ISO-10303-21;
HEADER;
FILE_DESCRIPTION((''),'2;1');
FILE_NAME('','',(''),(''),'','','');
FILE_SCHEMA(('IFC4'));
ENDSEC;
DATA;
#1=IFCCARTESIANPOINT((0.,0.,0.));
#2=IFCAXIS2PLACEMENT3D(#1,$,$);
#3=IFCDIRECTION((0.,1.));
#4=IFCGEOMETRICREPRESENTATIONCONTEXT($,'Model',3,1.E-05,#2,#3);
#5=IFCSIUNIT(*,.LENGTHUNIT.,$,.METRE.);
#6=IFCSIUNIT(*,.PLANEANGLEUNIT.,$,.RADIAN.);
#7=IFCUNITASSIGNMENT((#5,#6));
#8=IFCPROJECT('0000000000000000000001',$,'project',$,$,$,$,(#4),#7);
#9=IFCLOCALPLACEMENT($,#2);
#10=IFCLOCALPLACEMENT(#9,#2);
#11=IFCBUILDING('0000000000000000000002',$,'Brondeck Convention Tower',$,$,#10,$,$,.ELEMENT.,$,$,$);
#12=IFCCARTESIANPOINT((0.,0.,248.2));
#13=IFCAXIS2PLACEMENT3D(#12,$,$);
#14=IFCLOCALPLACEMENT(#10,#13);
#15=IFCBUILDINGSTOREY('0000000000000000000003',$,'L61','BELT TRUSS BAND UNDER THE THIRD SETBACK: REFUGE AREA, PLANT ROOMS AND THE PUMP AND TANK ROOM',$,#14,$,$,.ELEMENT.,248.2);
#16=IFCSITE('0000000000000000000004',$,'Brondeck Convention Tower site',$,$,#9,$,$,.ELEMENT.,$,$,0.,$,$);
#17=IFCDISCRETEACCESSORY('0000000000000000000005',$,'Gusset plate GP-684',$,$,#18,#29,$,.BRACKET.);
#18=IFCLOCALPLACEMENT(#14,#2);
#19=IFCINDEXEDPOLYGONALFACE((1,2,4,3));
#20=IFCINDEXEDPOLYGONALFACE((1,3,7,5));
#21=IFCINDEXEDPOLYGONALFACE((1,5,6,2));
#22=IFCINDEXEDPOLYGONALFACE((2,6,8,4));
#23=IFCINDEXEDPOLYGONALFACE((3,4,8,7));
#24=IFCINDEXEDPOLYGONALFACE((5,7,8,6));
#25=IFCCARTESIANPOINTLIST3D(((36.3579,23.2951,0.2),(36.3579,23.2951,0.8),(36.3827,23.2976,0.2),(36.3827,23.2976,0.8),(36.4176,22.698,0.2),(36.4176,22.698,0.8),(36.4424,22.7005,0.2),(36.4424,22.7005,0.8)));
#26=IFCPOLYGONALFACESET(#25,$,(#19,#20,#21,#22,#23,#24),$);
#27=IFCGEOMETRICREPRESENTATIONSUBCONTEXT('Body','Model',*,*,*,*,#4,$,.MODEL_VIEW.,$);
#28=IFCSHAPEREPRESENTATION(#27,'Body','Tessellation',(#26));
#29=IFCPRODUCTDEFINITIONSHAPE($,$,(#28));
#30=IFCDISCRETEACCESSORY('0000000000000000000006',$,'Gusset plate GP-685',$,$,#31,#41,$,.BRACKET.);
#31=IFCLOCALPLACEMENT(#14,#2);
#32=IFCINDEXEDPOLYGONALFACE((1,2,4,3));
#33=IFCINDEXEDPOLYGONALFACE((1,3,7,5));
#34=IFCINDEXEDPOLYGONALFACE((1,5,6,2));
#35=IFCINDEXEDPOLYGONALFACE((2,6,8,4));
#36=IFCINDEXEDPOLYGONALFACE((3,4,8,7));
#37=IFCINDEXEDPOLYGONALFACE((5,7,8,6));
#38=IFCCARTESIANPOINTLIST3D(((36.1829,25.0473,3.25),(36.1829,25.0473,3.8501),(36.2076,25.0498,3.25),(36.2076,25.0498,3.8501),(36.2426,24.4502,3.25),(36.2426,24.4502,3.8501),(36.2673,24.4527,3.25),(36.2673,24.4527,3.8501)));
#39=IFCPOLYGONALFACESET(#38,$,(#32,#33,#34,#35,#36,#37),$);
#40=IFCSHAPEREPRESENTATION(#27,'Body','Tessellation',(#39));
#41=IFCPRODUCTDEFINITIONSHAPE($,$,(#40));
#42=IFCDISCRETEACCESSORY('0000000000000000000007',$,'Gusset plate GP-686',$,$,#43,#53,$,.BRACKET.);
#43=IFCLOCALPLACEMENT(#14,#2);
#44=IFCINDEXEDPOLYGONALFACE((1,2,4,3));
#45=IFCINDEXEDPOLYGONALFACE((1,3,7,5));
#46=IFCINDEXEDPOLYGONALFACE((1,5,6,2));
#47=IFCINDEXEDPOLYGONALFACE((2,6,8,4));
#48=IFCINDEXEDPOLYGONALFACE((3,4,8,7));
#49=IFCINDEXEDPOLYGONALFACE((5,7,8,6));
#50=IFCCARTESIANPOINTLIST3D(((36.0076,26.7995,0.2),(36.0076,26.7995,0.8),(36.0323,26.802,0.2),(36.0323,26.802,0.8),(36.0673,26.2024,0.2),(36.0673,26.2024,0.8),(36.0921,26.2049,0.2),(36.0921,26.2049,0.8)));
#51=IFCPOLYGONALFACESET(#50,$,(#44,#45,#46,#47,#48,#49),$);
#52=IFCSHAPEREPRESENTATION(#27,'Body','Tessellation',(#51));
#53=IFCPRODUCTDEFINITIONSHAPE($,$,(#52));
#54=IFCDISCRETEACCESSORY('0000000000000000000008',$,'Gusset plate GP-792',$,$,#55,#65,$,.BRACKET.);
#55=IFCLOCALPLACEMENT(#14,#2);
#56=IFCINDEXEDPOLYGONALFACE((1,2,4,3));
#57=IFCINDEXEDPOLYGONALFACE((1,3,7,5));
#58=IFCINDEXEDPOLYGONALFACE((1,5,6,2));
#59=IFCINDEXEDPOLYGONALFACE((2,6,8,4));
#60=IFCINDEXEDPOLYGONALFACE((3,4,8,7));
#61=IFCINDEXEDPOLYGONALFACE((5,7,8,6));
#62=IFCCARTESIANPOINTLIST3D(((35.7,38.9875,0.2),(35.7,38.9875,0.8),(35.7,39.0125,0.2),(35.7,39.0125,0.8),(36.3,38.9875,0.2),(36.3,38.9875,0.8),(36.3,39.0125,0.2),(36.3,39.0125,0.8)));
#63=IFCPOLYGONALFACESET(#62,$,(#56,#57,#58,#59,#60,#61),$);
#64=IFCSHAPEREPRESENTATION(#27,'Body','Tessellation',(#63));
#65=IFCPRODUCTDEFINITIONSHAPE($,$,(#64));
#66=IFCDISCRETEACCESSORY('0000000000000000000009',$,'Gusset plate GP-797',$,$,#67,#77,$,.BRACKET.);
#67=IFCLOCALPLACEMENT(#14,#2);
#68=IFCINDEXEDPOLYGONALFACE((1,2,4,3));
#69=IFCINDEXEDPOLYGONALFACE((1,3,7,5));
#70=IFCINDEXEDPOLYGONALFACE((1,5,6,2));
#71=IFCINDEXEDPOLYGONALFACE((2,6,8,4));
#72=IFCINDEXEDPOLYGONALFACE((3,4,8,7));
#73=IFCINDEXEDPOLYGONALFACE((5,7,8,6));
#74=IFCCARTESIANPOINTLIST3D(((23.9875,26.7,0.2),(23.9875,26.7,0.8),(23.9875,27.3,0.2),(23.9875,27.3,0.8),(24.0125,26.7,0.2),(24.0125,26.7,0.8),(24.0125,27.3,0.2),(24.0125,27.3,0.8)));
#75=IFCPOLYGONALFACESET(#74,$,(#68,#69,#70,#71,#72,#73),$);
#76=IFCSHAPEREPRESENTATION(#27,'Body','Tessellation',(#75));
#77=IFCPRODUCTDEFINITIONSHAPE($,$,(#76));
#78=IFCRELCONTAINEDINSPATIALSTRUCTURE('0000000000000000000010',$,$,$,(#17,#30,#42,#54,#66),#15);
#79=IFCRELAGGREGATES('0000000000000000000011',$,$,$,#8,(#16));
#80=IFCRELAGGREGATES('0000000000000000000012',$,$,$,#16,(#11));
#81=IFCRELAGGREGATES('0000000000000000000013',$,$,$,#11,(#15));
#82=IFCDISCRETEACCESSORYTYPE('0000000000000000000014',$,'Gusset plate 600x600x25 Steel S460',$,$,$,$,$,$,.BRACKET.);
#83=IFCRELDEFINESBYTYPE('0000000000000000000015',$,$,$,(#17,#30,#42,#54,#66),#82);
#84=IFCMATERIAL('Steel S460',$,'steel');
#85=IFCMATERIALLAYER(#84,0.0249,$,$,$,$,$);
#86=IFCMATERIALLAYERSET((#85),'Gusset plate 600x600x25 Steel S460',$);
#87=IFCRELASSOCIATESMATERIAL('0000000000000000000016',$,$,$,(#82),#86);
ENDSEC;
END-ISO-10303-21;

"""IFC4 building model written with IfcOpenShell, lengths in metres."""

from ifc_helpers import new_model, si_unit, direction, frame, origin, origin_2d, place, context, subcontext, project, spatial, rectangle, extrude, material, layer, layer_set, type_object, element, save


model = new_model("IFC4")

# Units and contexts
model_context = context("Model", 3, precision=1e-05, world=origin(), true_north=direction((0.0, 1.0)))
body_context = subcontext(model_context, "Body", "Model", "MODEL_VIEW")
ifc_project = project(units=[si_unit("LENGTHUNIT", "METRE"), si_unit("PLANEANGLEUNIT", "RADIAN")], contexts=[model_context])

# Site, building, storey
site_placement = place(None, origin())
site = spatial("IfcSite", under=ifc_project, at=site_placement, Name="Brondeck Convention Tower site", CompositionType="ELEMENT", RefElevation=0.0)
building_placement = place(site_placement, origin())
building = spatial("IfcBuilding", under=site, at=building_placement, Name="Brondeck Convention Tower", CompositionType="ELEMENT")
storey_placement = place(building_placement, frame((0.0, 0.0, 248.2)))
storey = spatial("IfcBuildingStorey", under=building, at=storey_placement, Name="L61", Description="BELT TRUSS BAND UNDER THE THIRD SETBACK: REFUGE AREA, PLANT ROOMS AND THE PUMP AND TANK ROOM", CompositionType="ELEMENT", Elevation=248.2)

# Shared definitions
ifc_material_1 = material(Name="Steel S460", Category="steel")

# Discrete accessories
ifc_layer_1 = layer(ifc_material_1, 0.0249)
ifc_layer_set_1 = layer_set([ifc_layer_1], Name="Gusset plate 600x600x25 Steel S460")
discrete_accessory_type = type_object("IfcDiscreteAccessoryType", Name="Gusset plate 600x600x25 Steel S460", PredefinedType="BRACKET", material=ifc_layer_set_1)
for number, where, z_axis, x_axis, name in (
    (1, (36.4001, 22.9978, 0.2), (0.0, 0.0, 1.0), (-0.099511, 0.995036, 0.0), "Gusset plate GP-684"),
    (2, (36.2251, 24.75, 3.25), (0.0, 0.0, 1.0), (-0.099511, 0.995036, 0.0), "Gusset plate GP-685"),
    (3, (36.0498, 26.5022, 0.2), (0.0, 0.0, 1.0), (-0.099511, 0.995036, 0.0), "Gusset plate GP-686"),
    (4, (36.0, 39.0, 0.2), (0.0, 0.0, 1.0), (1.0, 0.0, 0.0), "Gusset plate GP-792"),
    (5, (24.0, 27.0, 0.2), (0.0, 0.0, 1.0), (0.0, 1.0, 0.0), "Gusset plate GP-797"),
):
    element("IfcDiscreteAccessory", number, at=place(storey_placement, frame(where, z_axis=z_axis, x_axis=x_axis)), inside=storey, type_object=discrete_accessory_type, Name=name, PredefinedType="BRACKET", context=body_context, shape_type="SweptSolid", body=[
        extrude(rectangle(XDim=0.6001, YDim=0.0249, at=origin_2d()), origin(), (0.0, 0.0, 1.0), 0.6001),
    ])

save(model, "model.ifc")
